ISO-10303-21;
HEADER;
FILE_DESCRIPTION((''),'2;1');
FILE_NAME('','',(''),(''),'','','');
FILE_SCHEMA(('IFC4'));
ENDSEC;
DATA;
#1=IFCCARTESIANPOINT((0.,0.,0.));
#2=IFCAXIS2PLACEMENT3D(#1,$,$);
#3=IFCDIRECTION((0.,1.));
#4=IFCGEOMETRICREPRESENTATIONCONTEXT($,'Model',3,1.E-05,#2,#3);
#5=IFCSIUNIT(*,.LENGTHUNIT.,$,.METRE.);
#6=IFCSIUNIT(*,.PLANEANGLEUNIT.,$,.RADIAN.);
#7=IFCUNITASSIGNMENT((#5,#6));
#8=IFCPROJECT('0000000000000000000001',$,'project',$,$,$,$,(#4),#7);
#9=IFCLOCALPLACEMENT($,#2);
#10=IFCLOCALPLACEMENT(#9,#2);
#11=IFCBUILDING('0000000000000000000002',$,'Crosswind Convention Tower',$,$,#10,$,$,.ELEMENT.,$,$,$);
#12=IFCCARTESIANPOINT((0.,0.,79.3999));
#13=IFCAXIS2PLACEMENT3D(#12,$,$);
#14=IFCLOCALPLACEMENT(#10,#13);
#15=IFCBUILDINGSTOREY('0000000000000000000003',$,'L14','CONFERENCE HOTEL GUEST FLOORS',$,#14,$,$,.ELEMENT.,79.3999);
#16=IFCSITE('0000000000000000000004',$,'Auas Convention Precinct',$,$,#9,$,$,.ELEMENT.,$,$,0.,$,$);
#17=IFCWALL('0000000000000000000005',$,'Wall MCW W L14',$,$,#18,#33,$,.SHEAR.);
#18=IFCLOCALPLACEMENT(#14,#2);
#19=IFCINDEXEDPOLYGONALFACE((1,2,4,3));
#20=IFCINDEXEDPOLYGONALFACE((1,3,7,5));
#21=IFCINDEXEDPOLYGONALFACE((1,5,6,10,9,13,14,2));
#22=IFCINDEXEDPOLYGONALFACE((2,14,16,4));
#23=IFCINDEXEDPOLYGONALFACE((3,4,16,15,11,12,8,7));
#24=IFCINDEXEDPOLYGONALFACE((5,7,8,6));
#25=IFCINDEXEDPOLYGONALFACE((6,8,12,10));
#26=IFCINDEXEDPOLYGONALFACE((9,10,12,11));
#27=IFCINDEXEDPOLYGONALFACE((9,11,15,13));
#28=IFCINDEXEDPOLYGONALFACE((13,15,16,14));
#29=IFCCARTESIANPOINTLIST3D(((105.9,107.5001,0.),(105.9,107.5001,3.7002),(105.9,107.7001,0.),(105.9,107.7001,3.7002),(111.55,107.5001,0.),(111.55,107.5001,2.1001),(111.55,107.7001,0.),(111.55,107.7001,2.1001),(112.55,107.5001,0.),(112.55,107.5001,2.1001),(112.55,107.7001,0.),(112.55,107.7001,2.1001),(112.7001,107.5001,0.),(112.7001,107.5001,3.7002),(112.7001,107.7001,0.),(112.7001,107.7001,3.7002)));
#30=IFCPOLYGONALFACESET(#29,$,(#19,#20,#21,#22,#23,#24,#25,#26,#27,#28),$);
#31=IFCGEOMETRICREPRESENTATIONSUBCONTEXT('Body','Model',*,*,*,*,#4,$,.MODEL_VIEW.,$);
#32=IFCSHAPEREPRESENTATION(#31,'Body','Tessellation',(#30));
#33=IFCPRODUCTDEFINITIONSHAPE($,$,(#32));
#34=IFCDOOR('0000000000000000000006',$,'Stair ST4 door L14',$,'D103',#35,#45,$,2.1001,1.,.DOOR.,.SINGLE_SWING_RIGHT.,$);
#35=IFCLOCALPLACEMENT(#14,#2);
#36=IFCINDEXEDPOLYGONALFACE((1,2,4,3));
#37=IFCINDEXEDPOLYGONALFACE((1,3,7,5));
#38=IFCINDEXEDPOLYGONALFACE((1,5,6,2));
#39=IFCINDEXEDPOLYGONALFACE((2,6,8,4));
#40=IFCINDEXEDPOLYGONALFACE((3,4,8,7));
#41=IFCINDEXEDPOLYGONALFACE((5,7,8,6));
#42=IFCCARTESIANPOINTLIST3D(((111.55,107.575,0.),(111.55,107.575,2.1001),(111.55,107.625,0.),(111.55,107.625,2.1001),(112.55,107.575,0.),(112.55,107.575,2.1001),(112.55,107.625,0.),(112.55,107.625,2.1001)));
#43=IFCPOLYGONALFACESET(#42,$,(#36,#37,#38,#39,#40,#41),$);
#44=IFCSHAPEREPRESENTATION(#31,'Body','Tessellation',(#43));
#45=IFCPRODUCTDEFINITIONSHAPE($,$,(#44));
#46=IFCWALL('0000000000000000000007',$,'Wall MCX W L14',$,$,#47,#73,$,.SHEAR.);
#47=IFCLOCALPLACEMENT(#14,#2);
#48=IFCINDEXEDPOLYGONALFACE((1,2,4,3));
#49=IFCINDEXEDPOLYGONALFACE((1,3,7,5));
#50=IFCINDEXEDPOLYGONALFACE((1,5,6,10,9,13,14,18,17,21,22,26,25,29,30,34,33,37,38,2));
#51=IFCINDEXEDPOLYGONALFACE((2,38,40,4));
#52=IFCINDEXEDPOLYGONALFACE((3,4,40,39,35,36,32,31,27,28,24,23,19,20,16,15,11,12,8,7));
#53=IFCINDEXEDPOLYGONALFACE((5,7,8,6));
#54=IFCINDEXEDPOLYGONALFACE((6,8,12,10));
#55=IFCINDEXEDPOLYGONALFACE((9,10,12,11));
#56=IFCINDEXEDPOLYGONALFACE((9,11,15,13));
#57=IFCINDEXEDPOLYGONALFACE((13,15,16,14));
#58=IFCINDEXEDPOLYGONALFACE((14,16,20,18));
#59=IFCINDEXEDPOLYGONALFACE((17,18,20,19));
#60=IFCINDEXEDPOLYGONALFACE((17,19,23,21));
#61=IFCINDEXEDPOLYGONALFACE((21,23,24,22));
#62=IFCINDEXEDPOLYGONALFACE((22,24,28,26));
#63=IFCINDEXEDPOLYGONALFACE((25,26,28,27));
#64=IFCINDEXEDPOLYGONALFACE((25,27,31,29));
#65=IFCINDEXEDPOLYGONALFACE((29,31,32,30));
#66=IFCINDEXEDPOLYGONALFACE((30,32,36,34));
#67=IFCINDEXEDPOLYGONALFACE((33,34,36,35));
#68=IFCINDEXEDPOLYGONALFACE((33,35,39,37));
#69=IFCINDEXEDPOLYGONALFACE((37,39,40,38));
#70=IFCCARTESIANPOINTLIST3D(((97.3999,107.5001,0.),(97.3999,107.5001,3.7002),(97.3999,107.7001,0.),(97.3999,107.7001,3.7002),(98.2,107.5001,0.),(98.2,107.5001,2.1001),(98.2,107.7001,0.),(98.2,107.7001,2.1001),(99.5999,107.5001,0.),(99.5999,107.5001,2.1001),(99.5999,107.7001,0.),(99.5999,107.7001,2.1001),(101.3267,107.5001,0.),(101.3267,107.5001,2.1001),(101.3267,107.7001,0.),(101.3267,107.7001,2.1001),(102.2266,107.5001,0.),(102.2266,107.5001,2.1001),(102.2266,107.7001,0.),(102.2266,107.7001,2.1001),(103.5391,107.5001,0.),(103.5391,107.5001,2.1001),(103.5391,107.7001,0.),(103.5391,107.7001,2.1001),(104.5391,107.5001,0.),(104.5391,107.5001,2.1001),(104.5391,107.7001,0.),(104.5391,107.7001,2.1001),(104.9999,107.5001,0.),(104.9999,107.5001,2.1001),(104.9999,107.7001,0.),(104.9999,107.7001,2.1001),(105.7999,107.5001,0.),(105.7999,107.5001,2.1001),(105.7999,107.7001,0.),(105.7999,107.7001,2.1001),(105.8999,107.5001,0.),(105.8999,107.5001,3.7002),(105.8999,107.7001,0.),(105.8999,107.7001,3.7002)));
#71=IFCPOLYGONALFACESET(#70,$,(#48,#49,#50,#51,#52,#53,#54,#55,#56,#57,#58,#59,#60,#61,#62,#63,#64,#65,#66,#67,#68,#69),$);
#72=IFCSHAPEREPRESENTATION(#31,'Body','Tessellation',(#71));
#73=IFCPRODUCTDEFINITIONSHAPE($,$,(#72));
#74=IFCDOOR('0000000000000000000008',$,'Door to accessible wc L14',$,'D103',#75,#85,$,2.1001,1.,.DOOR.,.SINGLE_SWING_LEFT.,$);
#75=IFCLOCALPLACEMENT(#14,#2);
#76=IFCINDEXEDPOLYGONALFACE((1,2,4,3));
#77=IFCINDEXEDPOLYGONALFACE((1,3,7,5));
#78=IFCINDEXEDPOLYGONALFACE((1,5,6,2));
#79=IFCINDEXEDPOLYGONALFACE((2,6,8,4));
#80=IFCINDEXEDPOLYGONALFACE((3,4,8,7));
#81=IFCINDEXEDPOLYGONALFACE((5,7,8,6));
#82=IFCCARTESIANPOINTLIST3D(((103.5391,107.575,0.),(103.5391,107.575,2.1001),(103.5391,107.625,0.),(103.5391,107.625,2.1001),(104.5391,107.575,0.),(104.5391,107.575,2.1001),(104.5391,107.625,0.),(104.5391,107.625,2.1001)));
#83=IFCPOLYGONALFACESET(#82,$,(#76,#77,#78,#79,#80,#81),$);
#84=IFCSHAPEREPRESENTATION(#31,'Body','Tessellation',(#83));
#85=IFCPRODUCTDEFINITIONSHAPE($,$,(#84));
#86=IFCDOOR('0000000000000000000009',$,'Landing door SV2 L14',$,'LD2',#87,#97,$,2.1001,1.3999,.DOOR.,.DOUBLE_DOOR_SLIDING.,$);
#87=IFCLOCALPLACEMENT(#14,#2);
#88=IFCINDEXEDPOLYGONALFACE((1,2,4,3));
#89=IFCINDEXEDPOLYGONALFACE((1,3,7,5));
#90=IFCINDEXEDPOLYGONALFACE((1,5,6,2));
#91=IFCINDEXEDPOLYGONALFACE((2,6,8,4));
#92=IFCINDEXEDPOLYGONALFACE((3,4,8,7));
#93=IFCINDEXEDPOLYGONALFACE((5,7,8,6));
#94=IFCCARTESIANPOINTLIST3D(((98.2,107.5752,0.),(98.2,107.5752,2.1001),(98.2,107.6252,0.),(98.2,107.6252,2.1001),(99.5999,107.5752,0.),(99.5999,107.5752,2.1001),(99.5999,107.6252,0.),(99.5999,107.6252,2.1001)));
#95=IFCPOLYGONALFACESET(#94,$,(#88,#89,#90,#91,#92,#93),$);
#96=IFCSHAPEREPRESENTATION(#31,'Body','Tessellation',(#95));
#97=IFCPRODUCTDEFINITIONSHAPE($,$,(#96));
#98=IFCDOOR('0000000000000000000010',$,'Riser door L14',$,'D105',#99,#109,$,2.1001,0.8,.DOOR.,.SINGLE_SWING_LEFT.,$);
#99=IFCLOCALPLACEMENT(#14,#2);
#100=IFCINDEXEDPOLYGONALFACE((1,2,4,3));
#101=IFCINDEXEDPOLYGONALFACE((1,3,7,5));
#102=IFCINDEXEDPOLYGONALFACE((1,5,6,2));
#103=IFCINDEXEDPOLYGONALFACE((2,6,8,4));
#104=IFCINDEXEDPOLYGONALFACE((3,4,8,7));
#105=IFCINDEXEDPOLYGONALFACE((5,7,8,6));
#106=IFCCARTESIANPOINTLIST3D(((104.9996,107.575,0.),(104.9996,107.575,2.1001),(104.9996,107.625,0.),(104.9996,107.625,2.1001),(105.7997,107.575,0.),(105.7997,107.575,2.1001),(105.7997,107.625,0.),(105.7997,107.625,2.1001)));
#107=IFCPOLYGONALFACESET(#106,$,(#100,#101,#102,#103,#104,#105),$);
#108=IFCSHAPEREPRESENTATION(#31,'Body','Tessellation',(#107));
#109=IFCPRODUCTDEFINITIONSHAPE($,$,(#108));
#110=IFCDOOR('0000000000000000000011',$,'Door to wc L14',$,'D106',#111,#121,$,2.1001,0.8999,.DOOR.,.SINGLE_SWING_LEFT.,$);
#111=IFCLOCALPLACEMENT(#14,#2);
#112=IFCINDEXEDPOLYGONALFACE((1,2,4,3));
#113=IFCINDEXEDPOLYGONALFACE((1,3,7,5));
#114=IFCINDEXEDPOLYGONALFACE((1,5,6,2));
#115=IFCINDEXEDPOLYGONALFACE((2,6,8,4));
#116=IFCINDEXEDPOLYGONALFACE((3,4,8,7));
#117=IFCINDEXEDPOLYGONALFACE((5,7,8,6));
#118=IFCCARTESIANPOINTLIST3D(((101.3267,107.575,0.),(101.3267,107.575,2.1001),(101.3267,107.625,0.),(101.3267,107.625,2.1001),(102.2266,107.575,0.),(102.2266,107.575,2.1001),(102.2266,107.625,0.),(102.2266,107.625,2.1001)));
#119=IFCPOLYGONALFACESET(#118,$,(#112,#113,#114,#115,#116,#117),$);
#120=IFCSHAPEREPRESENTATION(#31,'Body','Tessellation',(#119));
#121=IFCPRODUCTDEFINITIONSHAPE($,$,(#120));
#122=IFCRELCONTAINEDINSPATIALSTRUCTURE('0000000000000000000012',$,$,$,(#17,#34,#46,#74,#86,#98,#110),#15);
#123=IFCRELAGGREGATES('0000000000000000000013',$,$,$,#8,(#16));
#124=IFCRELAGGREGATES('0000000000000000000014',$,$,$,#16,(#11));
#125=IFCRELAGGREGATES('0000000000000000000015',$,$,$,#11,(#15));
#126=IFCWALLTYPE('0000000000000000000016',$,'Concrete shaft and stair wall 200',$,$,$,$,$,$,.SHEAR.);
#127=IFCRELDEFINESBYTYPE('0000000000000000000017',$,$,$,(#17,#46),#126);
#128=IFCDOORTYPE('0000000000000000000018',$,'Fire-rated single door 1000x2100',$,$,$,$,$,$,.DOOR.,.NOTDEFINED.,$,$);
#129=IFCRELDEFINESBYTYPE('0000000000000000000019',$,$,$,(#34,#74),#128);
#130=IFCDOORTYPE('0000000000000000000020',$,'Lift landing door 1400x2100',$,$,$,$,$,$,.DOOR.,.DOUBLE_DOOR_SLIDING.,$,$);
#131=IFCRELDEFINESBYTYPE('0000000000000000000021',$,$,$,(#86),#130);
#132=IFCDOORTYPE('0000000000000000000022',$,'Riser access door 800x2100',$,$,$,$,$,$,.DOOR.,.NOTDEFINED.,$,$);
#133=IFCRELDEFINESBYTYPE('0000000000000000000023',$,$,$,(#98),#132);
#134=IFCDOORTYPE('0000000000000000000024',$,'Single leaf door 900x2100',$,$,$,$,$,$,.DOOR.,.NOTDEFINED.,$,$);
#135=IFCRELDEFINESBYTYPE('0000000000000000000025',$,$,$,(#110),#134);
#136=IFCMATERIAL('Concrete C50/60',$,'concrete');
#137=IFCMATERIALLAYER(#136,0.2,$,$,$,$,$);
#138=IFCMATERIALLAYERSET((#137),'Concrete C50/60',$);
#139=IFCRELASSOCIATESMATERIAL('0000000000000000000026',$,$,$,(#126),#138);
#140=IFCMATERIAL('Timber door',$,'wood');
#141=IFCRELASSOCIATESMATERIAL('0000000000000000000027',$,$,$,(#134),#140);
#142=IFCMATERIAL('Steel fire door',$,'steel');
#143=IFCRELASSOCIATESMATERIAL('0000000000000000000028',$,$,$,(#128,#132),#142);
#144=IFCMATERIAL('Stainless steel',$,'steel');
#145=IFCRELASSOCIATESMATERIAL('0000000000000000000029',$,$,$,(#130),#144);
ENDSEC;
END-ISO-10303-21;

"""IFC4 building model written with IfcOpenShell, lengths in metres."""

from ifc_helpers import new_model, si_unit, direction, frame, frame_2d, origin, place, context, subcontext, project, spatial, rectangle, extrude, material, layer, layer_set, type_object, element, fill, save


model = new_model("IFC4")

# Units and contexts
model_context = context("Model", 3, precision=1e-05, world=origin(), true_north=direction((0.0, 1.0)))
body_context = subcontext(model_context, "Body", "Model", "MODEL_VIEW")
ifc_project = project(units=[si_unit("LENGTHUNIT", "METRE"), si_unit("PLANEANGLEUNIT", "RADIAN")], contexts=[model_context])

# Site, building, storey
site_placement = place(None, origin())
site = spatial("IfcSite", under=ifc_project, at=site_placement, Name="Auas Convention Precinct", CompositionType="ELEMENT", RefElevation=0.0)
building_placement = place(site_placement, origin())
building = spatial("IfcBuilding", under=site, at=building_placement, Name="Crosswind Convention Tower", CompositionType="ELEMENT")
storey_placement = place(building_placement, frame((0.0, 0.0, 79.3999)))
storey = spatial("IfcBuildingStorey", under=building, at=storey_placement, Name="L14", Description="CONFERENCE HOTEL GUEST FLOORS", CompositionType="ELEMENT", Elevation=79.3999)

# Shared definitions
ifc_material_1 = material(Name="Concrete C50/60", Category="concrete")
ifc_layer_1 = layer(ifc_material_1, 0.2)
ifc_layer_set_1 = layer_set([ifc_layer_1], Name="Concrete C50/60")
wall_type_1 = type_object("IfcWallType", Name="Concrete shaft and stair wall 200", PredefinedType="SHEAR", material=ifc_layer_set_1)
ifc_material_2 = material(Name="Timber door", Category="wood")
door_type_1 = type_object("IfcDoorType", Name="Single leaf door 900x2100", OperationType="NOTDEFINED", PredefinedType="DOOR", material=ifc_material_2)

# Wall, opening, door
ifc_material_3 = material(Name="Steel fire door", Category="steel")
wall_1_placement = place(storey_placement, frame((112.7, 107.6001, 0.0), z_axis=(0.0, 0.0, 1.0), x_axis=(-1.0, 0.0, 0.0)))
wall_1 = element("IfcWall", 1, at=wall_1_placement, inside=storey, type_object=wall_type_1, Name="Wall MCW W L14", PredefinedType="SHEAR", context=body_context, shape_type="SweptSolid", body=[
    extrude(rectangle(XDim=6.8, YDim=0.2, at=frame_2d((3.3999, 0.0))), origin(), (0.0, 0.0, 1.0), 3.7002),
])
opening_1_placement = place(wall_1_placement, frame((0.1499, 0.0, 0.0)))
opening_1 = element("IfcOpeningElement", 2, at=opening_1_placement, cuts=wall_1, PredefinedType="OPENING", context=body_context, shape_type="SweptSolid", body=[
    extrude(rectangle(XDim=1.0, YDim=2.1001, at=frame_2d((0.5, 1.05))), frame((0.0, 0.1099, 0.0), z_axis=(0.0, -1.0, 0.0), x_axis=(1.0, 0.0, 0.0)), (0.0, 0.0, 1.0), 0.22),
])
door_type_2 = type_object("IfcDoorType", Name="Fire-rated single door 1000x2100", OperationType="NOTDEFINED", PredefinedType="DOOR", material=ifc_material_3)
door_1_placement = place(opening_1_placement, frame((1.0, 0.0, 0.0), z_axis=(0.0, 0.0, 1.0), x_axis=(-1.0, 0.0, 0.0)))
door_1 = element("IfcDoor", 3, at=door_1_placement, inside=storey, type_object=door_type_2, Name="Stair ST4 door L14", ObjectType="D103", OperationType="SINGLE_SWING_RIGHT", OverallHeight=2.1001, OverallWidth=1.0, PredefinedType="DOOR", context=body_context, shape_type="SweptSolid", body=[
    extrude(rectangle(XDim=1.0, YDim=2.1001, at=frame_2d((0.5, 1.05))), frame((0.0, 0.0249, 0.0), z_axis=(0.0, -1.0, 0.0), x_axis=(1.0, 0.0, 0.0)), (0.0, 0.0, 1.0), 0.05),
])
fill(opening_1, door_1)

# Wall, openings, doors
wall_2_placement = place(storey_placement, frame((105.8999, 107.6001, 0.0), z_axis=(0.0, 0.0, 1.0), x_axis=(-1.0, 0.0, 0.0)))
wall_2 = element("IfcWall", 4, at=wall_2_placement, inside=storey, type_object=wall_type_1, Name="Wall MCX W L14", PredefinedType="SHEAR", context=body_context, shape_type="SweptSolid", body=[
    extrude(rectangle(XDim=8.5, YDim=0.2, at=frame_2d((4.25, 0.0))), origin(), (0.0, 0.0, 1.0), 3.7002),
])
opening_2_placement = place(wall_2_placement, frame((0.1001, 0.0, 0.0)))
opening_2 = element("IfcOpeningElement", 5, at=opening_2_placement, cuts=wall_2, PredefinedType="OPENING", context=body_context, shape_type="SweptSolid", body=[
    extrude(rectangle(XDim=0.8, YDim=2.1001, at=frame_2d((0.3999, 1.05))), frame((0.0, 0.1099, 0.0), z_axis=(0.0, -1.0, 0.0), x_axis=(1.0, 0.0, 0.0)), (0.0, 0.0, 1.0), 0.22),
])
opening_3_placement = place(wall_2_placement, frame((1.3608, 0.0, 0.0)))
opening_3 = element("IfcOpeningElement", 6, at=opening_3_placement, cuts=wall_2, PredefinedType="OPENING", context=body_context, shape_type="SweptSolid", body=[
    extrude(rectangle(XDim=1.0, YDim=2.1001, at=frame_2d((0.5, 1.05))), frame((0.0, 0.1099, 0.0), z_axis=(0.0, -1.0, 0.0), x_axis=(1.0, 0.0, 0.0)), (0.0, 0.0, 1.0), 0.22),
])
opening_4_placement = place(wall_2_placement, frame((3.6733, 0.0, 0.0)))
opening_4 = element("IfcOpeningElement", 7, at=opening_4_placement, cuts=wall_2, PredefinedType="OPENING", context=body_context, shape_type="SweptSolid", body=[
    extrude(rectangle(XDim=0.8999, YDim=2.1001, at=frame_2d((0.45, 1.05))), frame((0.0, 0.1099, 0.0), z_axis=(0.0, -1.0, 0.0), x_axis=(1.0, 0.0, 0.0)), (0.0, 0.0, 1.0), 0.22),
])
opening_5_placement = place(wall_2_placement, frame((6.3, 0.0, 0.0)))
opening_5 = element("IfcOpeningElement", 8, at=opening_5_placement, cuts=wall_2, PredefinedType="OPENING", context=body_context, shape_type="SweptSolid", body=[
    extrude(rectangle(XDim=1.3999, YDim=2.1001, at=frame_2d((0.7, 1.05))), frame((0.0, 0.1099, 0.0), z_axis=(0.0, -1.0, 0.0), x_axis=(1.0, 0.0, 0.0)), (0.0, 0.0, 1.0), 0.22),
])
door_2_placement = place(opening_3_placement, frame((1.0, 0.0, 0.0), z_axis=(0.0, 0.0, 1.0), x_axis=(-1.0, 0.0, 0.0)))
door_2 = element("IfcDoor", 9, at=door_2_placement, inside=storey, type_object=door_type_2, Name="Door to accessible wc L14", ObjectType="D103", OperationType="SINGLE_SWING_LEFT", OverallHeight=2.1001, OverallWidth=1.0, PredefinedType="DOOR", context=body_context, shape_type="SweptSolid", body=[
    extrude(rectangle(XDim=1.0, YDim=2.1001, at=frame_2d((0.5, 1.05))), frame((0.0, 0.0249, 0.0), z_axis=(0.0, -1.0, 0.0), x_axis=(1.0, 0.0, 0.0)), (0.0, 0.0, 1.0), 0.05),
])
fill(opening_3, door_2)
ifc_material_4 = material(Name="Stainless steel", Category="steel")
door_type_3 = type_object("IfcDoorType", Name="Lift landing door 1400x2100", OperationType="DOUBLE_DOOR_SLIDING", PredefinedType="DOOR", material=ifc_material_4)
door_3_placement = place(opening_5_placement, origin())
door_3 = element("IfcDoor", 10, at=door_3_placement, inside=storey, type_object=door_type_3, Name="Landing door SV2 L14", ObjectType="LD2", OperationType="DOUBLE_DOOR_SLIDING", OverallHeight=2.1001, OverallWidth=1.3999, PredefinedType="DOOR", context=body_context, shape_type="SweptSolid", body=[
    extrude(rectangle(XDim=1.3999, YDim=2.1001, at=frame_2d((0.7, 1.05))), frame((0.0, 0.0249, 0.0), z_axis=(0.0, -1.0, 0.0), x_axis=(1.0, 0.0, 0.0)), (0.0, 0.0, 1.0), 0.05),
])
fill(opening_5, door_3)
door_type_4 = type_object("IfcDoorType", Name="Riser access door 800x2100", OperationType="NOTDEFINED", PredefinedType="DOOR", material=ifc_material_3)
door_4_placement = place(opening_2_placement, frame((0.8, 0.0, 0.0), z_axis=(0.0, 0.0, 1.0), x_axis=(-1.0, 0.0, 0.0)))
door_4 = element("IfcDoor", 11, at=door_4_placement, inside=storey, type_object=door_type_4, Name="Riser door L14", ObjectType="D105", OperationType="SINGLE_SWING_LEFT", OverallHeight=2.1001, OverallWidth=0.8, PredefinedType="DOOR", context=body_context, shape_type="SweptSolid", body=[
    extrude(rectangle(XDim=0.8, YDim=2.1001, at=frame_2d((0.3999, 1.05))), frame((0.0, 0.0249, 0.0), z_axis=(0.0, -1.0, 0.0), x_axis=(1.0, 0.0, 0.0)), (0.0, 0.0, 1.0), 0.05),
])
fill(opening_2, door_4)
door_5_placement = place(opening_4_placement, frame((0.8999, 0.0, 0.0), z_axis=(0.0, 0.0, 1.0), x_axis=(-1.0, 0.0, 0.0)))
door_5 = element("IfcDoor", 12, at=door_5_placement, inside=storey, type_object=door_type_1, Name="Door to wc L14", ObjectType="D106", OperationType="SINGLE_SWING_LEFT", OverallHeight=2.1001, OverallWidth=0.8999, PredefinedType="DOOR", context=body_context, shape_type="SweptSolid", body=[
    extrude(rectangle(XDim=0.8999, YDim=2.1001, at=frame_2d((0.45, 1.05))), frame((0.0, 0.0249, 0.0), z_axis=(0.0, -1.0, 0.0), x_axis=(1.0, 0.0, 0.0)), (0.0, 0.0, 1.0), 0.05),
])
fill(opening_4, door_5)

save(model, "model.ifc")
